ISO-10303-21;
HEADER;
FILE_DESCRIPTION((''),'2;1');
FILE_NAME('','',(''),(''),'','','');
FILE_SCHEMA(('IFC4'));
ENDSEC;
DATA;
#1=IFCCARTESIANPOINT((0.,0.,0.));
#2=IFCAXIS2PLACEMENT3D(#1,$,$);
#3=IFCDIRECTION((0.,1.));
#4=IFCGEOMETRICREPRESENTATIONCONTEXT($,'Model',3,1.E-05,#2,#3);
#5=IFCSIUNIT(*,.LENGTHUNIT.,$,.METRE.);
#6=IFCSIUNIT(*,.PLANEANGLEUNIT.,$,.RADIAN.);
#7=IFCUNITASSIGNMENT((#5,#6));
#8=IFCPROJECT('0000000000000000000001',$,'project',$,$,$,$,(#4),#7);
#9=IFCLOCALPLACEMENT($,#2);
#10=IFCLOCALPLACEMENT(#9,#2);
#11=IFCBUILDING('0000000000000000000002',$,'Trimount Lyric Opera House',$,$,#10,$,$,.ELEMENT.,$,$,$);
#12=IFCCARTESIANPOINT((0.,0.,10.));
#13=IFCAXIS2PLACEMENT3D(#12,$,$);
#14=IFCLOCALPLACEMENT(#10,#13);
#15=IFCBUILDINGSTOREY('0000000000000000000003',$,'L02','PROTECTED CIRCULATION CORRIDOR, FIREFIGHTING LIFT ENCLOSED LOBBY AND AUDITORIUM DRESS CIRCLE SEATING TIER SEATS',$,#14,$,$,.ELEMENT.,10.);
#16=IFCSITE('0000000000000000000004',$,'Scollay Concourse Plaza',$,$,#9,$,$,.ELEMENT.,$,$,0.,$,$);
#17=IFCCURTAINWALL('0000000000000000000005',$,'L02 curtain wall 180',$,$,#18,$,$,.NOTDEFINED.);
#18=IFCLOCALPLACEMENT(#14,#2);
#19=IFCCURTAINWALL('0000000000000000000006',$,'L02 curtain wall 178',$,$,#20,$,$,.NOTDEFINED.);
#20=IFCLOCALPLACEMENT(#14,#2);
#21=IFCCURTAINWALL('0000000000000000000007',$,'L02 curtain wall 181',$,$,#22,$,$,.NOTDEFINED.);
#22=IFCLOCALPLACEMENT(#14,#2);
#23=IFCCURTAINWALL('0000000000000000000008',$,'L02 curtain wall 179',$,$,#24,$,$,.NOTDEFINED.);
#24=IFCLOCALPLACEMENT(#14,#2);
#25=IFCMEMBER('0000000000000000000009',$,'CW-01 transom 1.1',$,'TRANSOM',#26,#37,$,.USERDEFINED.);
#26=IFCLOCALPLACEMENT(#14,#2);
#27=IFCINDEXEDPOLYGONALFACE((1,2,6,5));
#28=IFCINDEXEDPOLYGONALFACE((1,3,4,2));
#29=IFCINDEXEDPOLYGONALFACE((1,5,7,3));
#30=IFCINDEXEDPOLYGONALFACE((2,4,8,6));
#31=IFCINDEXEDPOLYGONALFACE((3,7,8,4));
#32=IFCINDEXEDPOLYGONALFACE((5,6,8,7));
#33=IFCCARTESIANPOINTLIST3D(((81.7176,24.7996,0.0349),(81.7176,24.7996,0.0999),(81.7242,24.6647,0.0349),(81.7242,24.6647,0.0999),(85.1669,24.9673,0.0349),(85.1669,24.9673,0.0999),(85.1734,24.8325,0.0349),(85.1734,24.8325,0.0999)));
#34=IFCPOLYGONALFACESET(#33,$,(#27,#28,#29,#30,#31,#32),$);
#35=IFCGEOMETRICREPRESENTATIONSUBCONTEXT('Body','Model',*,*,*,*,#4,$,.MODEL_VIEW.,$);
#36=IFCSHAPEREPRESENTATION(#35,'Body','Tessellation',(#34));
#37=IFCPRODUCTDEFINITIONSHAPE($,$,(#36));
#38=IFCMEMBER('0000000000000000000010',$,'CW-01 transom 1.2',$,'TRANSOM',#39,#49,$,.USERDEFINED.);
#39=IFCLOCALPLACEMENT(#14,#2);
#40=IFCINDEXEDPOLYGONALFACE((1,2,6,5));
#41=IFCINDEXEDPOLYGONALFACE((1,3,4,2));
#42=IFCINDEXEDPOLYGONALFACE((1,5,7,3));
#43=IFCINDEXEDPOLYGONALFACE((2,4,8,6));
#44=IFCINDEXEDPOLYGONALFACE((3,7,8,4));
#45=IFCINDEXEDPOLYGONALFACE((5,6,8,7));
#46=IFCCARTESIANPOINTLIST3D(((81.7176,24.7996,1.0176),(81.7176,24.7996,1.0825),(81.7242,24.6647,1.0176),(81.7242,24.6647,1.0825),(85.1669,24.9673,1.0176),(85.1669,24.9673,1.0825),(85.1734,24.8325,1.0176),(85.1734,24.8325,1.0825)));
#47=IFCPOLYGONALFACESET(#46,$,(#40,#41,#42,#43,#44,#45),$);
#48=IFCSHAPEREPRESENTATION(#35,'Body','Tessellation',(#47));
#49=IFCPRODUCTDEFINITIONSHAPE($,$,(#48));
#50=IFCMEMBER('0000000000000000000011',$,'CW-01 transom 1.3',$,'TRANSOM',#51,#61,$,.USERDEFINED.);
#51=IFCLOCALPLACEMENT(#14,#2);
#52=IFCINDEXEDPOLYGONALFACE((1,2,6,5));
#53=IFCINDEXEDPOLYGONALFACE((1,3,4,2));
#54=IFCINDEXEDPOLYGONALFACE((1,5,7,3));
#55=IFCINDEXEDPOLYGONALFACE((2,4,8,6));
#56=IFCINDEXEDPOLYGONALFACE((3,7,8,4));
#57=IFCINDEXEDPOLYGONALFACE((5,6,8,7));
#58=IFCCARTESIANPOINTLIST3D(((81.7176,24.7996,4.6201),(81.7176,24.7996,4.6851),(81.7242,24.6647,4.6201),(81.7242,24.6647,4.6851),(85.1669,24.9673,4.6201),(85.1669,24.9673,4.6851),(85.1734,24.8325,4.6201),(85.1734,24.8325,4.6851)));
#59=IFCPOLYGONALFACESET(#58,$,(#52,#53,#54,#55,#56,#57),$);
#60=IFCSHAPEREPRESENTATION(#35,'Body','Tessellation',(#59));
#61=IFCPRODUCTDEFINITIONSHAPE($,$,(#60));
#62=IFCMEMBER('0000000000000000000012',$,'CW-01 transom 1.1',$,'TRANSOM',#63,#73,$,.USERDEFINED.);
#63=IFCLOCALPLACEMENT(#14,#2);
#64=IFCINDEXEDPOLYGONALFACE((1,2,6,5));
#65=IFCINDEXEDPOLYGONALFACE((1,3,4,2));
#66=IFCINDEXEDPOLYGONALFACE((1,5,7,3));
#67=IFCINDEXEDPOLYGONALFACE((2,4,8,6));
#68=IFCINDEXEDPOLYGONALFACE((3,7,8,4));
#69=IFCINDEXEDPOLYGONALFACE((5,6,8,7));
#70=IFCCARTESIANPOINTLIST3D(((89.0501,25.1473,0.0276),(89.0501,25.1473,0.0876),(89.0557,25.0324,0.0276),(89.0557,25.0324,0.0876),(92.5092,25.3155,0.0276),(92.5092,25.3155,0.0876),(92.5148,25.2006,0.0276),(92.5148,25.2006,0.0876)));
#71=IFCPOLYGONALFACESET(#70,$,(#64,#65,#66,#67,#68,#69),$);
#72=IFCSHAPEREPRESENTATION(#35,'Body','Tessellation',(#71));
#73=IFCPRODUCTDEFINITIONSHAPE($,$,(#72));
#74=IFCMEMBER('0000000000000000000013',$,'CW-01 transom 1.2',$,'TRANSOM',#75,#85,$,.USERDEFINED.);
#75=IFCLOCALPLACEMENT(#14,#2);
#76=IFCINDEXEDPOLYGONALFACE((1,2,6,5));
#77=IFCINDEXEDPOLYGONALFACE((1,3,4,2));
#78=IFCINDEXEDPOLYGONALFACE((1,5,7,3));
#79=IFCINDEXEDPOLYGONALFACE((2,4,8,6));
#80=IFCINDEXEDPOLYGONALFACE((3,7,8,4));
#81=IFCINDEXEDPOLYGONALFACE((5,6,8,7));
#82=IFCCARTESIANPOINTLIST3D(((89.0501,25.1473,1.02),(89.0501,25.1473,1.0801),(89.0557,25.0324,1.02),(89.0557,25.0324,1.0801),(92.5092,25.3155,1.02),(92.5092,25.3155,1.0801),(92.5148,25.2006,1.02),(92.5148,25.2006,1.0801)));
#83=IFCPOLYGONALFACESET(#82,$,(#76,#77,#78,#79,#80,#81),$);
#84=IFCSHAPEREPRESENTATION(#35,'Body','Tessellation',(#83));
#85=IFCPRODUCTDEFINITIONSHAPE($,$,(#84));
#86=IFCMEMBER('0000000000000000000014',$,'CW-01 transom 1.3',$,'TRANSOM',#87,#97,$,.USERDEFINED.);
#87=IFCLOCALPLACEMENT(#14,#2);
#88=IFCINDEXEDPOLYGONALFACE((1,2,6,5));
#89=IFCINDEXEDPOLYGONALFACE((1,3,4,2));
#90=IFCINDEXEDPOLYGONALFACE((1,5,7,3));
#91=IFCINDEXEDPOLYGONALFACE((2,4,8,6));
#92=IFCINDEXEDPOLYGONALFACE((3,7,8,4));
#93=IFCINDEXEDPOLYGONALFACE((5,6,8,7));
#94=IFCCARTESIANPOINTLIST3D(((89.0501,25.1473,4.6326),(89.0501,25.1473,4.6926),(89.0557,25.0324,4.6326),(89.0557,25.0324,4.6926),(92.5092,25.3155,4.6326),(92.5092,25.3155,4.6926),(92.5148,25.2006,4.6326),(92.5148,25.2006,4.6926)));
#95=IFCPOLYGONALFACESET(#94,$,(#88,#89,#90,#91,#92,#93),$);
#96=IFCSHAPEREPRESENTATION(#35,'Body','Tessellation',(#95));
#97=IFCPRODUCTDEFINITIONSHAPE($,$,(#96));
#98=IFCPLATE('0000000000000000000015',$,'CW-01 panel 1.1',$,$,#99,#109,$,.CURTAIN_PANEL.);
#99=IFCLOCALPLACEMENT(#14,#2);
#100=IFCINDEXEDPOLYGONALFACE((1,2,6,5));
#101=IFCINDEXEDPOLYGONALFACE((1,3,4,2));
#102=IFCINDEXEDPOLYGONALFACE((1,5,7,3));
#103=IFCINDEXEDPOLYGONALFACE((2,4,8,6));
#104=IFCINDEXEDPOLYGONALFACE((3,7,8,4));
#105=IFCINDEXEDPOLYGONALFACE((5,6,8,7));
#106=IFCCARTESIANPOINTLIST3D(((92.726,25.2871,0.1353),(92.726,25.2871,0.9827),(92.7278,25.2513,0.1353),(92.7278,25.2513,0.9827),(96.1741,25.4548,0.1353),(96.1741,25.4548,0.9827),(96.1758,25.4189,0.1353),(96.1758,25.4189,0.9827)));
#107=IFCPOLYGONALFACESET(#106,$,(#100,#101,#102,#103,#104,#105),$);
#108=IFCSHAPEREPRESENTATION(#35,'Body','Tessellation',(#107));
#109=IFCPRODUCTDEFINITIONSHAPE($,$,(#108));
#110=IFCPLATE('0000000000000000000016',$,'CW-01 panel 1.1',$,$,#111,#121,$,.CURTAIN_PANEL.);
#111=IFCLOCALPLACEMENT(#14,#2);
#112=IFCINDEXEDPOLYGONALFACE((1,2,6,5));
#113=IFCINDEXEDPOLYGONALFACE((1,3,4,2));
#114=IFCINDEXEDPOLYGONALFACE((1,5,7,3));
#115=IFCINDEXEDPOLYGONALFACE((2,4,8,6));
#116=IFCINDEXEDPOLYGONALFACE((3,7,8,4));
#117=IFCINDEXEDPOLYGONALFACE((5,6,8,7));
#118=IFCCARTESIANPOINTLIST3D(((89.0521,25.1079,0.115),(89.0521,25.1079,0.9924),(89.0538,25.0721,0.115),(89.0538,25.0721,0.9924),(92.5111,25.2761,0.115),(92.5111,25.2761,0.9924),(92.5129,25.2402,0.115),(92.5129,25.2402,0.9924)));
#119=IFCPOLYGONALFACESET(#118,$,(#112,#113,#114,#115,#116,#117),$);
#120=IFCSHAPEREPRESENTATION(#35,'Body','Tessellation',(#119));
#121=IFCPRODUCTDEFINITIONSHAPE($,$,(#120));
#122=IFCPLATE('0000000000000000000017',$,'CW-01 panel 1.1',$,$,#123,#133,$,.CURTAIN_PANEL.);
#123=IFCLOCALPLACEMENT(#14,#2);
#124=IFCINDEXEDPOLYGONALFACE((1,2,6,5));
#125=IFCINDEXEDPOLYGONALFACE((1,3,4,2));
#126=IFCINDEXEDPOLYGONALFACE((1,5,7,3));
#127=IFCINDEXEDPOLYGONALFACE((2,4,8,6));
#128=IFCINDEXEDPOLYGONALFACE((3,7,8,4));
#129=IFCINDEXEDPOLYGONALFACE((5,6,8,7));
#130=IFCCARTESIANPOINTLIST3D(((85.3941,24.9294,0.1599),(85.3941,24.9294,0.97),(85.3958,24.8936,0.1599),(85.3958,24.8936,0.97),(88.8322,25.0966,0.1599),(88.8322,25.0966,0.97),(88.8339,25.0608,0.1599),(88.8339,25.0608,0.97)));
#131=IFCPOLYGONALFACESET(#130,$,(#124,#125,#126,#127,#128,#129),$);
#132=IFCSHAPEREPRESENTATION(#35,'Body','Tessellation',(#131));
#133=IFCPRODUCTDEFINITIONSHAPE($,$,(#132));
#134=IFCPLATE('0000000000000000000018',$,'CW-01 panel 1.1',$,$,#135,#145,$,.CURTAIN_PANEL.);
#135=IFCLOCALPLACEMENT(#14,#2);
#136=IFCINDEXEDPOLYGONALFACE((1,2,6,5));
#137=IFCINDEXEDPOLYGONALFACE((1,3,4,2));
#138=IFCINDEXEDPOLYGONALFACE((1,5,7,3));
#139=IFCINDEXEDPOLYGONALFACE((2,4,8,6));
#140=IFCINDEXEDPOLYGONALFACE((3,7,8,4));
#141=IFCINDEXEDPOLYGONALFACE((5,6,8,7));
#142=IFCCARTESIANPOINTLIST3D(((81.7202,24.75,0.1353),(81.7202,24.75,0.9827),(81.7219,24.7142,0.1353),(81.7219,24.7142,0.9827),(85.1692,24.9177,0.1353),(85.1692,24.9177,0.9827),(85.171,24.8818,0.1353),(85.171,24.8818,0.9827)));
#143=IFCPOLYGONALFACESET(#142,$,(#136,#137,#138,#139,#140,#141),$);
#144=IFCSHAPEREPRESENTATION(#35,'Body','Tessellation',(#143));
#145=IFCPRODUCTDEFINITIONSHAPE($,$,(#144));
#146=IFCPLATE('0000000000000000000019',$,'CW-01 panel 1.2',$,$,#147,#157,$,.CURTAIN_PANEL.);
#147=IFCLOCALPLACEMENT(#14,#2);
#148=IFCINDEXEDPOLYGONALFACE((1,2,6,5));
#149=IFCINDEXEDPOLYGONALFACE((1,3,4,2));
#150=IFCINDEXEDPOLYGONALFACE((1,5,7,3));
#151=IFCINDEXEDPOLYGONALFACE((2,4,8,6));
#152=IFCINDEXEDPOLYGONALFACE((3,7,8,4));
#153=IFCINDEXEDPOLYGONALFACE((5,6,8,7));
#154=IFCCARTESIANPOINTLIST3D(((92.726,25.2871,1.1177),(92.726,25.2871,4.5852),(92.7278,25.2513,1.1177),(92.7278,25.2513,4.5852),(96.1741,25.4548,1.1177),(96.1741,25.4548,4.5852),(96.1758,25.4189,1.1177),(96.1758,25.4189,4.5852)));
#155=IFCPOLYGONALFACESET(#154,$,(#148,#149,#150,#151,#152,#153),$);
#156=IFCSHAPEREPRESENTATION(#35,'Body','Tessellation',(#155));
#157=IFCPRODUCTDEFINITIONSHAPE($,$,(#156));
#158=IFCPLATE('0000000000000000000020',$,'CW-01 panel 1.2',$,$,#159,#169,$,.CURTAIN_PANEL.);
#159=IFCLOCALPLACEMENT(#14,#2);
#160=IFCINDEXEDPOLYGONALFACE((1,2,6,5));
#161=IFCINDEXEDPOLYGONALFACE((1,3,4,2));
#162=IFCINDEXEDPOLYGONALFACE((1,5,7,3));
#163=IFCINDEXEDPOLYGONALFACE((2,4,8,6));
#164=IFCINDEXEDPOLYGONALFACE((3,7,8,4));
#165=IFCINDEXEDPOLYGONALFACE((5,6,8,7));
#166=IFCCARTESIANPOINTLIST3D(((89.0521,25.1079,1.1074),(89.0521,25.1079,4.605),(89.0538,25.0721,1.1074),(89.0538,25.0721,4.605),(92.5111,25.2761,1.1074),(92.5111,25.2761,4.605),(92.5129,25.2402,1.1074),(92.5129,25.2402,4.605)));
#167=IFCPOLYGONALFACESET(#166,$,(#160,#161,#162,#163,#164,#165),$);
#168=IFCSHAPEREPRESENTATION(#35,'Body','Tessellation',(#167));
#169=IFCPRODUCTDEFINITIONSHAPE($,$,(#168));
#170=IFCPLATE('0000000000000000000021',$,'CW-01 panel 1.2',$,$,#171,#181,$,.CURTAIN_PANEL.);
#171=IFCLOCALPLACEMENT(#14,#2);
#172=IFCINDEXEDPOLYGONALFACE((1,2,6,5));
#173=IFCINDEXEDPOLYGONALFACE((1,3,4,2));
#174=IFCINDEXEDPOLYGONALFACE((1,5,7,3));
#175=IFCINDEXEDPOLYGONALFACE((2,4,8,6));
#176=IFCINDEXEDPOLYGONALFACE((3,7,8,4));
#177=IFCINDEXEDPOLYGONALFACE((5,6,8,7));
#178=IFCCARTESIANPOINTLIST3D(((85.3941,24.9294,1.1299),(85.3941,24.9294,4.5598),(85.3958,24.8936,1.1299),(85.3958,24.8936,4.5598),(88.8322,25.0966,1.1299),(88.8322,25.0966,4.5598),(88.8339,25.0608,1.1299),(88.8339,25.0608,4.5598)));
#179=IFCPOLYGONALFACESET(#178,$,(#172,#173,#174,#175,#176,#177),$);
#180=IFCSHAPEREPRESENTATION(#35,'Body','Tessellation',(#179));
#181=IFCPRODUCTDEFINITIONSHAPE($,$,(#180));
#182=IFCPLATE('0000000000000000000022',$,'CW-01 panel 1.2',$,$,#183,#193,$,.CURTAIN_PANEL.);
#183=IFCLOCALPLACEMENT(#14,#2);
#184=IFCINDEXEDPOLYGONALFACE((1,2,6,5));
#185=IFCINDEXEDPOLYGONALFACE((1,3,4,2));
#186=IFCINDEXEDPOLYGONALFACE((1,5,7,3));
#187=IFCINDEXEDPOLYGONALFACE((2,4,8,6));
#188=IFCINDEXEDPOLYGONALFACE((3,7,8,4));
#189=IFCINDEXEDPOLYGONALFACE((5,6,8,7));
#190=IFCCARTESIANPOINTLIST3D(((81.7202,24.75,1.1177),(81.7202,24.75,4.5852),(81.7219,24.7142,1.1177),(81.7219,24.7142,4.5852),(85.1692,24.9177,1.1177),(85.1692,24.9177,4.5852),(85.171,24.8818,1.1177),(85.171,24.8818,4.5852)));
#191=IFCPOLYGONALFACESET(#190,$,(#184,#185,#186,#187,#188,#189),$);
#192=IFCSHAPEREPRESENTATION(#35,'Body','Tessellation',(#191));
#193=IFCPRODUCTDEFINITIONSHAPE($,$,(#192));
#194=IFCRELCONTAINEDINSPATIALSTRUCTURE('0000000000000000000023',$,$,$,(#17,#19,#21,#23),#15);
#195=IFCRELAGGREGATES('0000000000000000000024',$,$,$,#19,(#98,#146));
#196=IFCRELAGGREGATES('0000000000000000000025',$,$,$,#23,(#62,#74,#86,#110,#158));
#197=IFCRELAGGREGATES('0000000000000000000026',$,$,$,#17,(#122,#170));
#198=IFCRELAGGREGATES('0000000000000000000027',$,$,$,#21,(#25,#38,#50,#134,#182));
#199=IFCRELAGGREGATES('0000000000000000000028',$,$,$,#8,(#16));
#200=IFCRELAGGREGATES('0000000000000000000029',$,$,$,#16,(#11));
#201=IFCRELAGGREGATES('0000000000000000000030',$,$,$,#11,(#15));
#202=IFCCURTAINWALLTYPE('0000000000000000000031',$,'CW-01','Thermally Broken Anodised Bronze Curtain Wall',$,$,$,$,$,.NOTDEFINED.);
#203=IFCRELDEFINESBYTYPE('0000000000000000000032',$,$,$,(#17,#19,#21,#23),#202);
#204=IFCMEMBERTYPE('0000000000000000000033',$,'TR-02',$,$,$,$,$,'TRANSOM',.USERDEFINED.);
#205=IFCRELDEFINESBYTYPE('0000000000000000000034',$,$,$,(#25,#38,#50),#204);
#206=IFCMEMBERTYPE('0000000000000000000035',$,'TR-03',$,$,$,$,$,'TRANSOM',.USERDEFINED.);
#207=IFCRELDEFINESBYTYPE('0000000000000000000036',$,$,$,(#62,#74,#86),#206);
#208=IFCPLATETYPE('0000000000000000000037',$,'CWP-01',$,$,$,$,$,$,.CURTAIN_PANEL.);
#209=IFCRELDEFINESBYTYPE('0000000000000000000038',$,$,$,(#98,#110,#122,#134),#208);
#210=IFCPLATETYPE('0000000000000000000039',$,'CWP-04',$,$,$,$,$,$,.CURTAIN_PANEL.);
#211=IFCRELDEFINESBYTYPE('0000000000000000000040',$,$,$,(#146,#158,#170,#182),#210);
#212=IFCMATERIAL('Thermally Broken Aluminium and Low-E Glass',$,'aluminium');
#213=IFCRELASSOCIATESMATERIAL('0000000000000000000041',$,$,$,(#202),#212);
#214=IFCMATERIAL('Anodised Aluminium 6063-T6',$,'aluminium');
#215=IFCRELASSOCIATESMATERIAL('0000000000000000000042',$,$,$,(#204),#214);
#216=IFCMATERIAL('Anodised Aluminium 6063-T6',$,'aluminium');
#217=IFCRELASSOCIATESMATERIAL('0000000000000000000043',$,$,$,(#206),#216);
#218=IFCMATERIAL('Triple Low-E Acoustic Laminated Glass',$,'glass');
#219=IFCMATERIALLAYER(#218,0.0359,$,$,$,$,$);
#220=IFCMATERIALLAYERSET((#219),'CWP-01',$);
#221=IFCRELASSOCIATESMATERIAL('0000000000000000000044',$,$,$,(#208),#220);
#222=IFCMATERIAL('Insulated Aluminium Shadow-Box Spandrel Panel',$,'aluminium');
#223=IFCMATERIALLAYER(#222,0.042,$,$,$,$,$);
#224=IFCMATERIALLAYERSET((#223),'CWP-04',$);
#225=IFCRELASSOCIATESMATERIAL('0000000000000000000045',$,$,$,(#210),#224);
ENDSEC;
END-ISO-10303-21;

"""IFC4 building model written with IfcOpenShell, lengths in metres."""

from ifc_helpers import new_model, si_unit, direction, frame, origin, origin_2d, place, context, subcontext, project, spatial, rectangle, extrude, material, layer, layer_set, material_profile, profile_set, type_object, element, aggregate, save


model = new_model("IFC4")

# Units and contexts
model_context = context("Model", 3, precision=1e-05, world=origin(), true_north=direction((0.0, 1.0)))
body_context = subcontext(model_context, "Body", "Model", "MODEL_VIEW")
ifc_project = project(units=[si_unit("LENGTHUNIT", "METRE"), si_unit("PLANEANGLEUNIT", "RADIAN")], contexts=[model_context])

# Site, building, storey
site_placement = place(None, origin())
site = spatial("IfcSite", under=ifc_project, at=site_placement, Name="Scollay Concourse Plaza", CompositionType="ELEMENT", RefElevation=0.0)
building_placement = place(site_placement, origin())
building = spatial("IfcBuilding", under=site, at=building_placement, Name="Trimount Lyric Opera House", CompositionType="ELEMENT")
storey_placement = place(building_placement, frame((0.0, 0.0, 10.0)))
storey = spatial("IfcBuildingStorey", under=building, at=storey_placement, Name="L02", Description="PROTECTED CIRCULATION CORRIDOR, FIREFIGHTING LIFT ENCLOSED LOBBY AND AUDITORIUM DRESS CIRCLE SEATING TIER SEATS", CompositionType="ELEMENT", Elevation=10.0)

# Shared definitions
ifc_material_1 = material(Name="Thermally Broken Aluminium and Low-E Glass", Category="aluminium")
curtain_wall_type = type_object("IfcCurtainWallType", Name="CW-01", Description="Thermally Broken Anodised Bronze Curtain Wall", PredefinedType="NOTDEFINED", material=ifc_material_1)

# Curtain walls
curtain_wall_1_placement = place(storey_placement, origin())
curtain_wall_1 = element("IfcCurtainWall", 1, at=curtain_wall_1_placement, inside=storey, type_object=curtain_wall_type, Name="L02 curtain wall 180", PredefinedType="NOTDEFINED")
curtain_wall_2_placement = place(storey_placement, origin())
curtain_wall_2 = element("IfcCurtainWall", 2, at=curtain_wall_2_placement, inside=storey, type_object=curtain_wall_type, Name="L02 curtain wall 178", PredefinedType="NOTDEFINED")

# Curtain wall
curtain_wall_3_placement = place(storey_placement, origin())
curtain_wall_3 = element("IfcCurtainWall", 3, at=curtain_wall_3_placement, inside=storey, type_object=curtain_wall_type, Name="L02 curtain wall 181", PredefinedType="NOTDEFINED")

# Curtain wall
curtain_wall_4_placement = place(storey_placement, origin())
curtain_wall_4 = element("IfcCurtainWall", 4, at=curtain_wall_4_placement, inside=storey, type_object=curtain_wall_type, Name="L02 curtain wall 179", PredefinedType="NOTDEFINED")

# Members
ifc_material_2 = material(Name="Anodised Aluminium 6063-T6", Category="aluminium")
ifc_material_profile_1 = material_profile(ifc_material_2, rectangle(XDim=0.135, YDim=0.0649, at=origin_2d()), Name="ALU-TRAN-65X135")
ifc_profile_set_1 = profile_set([ifc_material_profile_1], Name="Anodised Aluminium 6063-T6")
member_type_1 = type_object("IfcMemberType", Name="TR-02", ElementType="TRANSOM", PredefinedType="USERDEFINED", material=ifc_profile_set_1)
member_1_placement = place(storey_placement, frame((85.1702, 24.8999, 0.0674), z_axis=(-0.99882, -0.048569, 0.0), x_axis=(0.048569, -0.99882, 0.0)))
member_1 = element("IfcMember", 5, at=member_1_placement, type_object=member_type_1, Name="CW-01 transom 1.1", ObjectType="TRANSOM", PredefinedType="USERDEFINED", context=body_context, shape_type="SweptSolid", body=[
    extrude(rectangle(XDim=0.135, YDim=0.0649, at=origin_2d()), origin(), (0.0, 0.0, 1.0), 3.4534),
])
member_2_placement = place(storey_placement, frame((85.1702, 24.8999, 1.05), z_axis=(-0.99882, -0.048569, 0.0), x_axis=(0.048569, -0.99882, 0.0)))
member_2 = element("IfcMember", 6, at=member_2_placement, type_object=member_type_1, Name="CW-01 transom 1.2", ObjectType="TRANSOM", PredefinedType="USERDEFINED", context=body_context, shape_type="SweptSolid", body=[
    extrude(rectangle(XDim=0.135, YDim=0.0649, at=origin_2d()), origin(), (0.0, 0.0, 1.0), 3.4534),
])
member_3_placement = place(storey_placement, frame((85.1702, 24.8999, 4.6526), z_axis=(-0.99882, -0.048569, 0.0), x_axis=(0.048569, -0.99882, 0.0)))
member_3 = element("IfcMember", 7, at=member_3_placement, type_object=member_type_1, Name="CW-01 transom 1.3", ObjectType="TRANSOM", PredefinedType="USERDEFINED", context=body_context, shape_type="SweptSolid", body=[
    extrude(rectangle(XDim=0.135, YDim=0.0649, at=origin_2d()), origin(), (0.0, 0.0, 1.0), 3.4534),
])
ifc_material_3 = material(Name="Anodised Aluminium 6063-T6", Category="aluminium")
ifc_material_profile_2 = material_profile(ifc_material_3, rectangle(XDim=0.115, YDim=0.0601, at=origin_2d()), Name="ALU-TRAN-60X115")
ifc_profile_set_2 = profile_set([ifc_material_profile_2], Name="Anodised Aluminium 6063-T6")
member_type_2 = type_object("IfcMemberType", Name="TR-03", ElementType="TRANSOM", PredefinedType="USERDEFINED", material=ifc_profile_set_2)
member_4_placement = place(storey_placement, frame((92.512, 25.2581, 0.0576), z_axis=(-0.99882, -0.048573, 0.0), x_axis=(0.048573, -0.99882, 0.0)))
member_4 = element("IfcMember", 8, at=member_4_placement, type_object=member_type_2, Name="CW-01 transom 1.1", ObjectType="TRANSOM", PredefinedType="USERDEFINED", context=body_context, shape_type="SweptSolid", body=[
    extrude(rectangle(XDim=0.115, YDim=0.0601, at=origin_2d()), origin(), (0.0, 0.0, 1.0), 3.4631),
])
member_5_placement = place(storey_placement, frame((92.512, 25.2581, 1.05), z_axis=(-0.99882, -0.048573, 0.0), x_axis=(0.048573, -0.99882, 0.0)))
member_5 = element("IfcMember", 9, at=member_5_placement, type_object=member_type_2, Name="CW-01 transom 1.2", ObjectType="TRANSOM", PredefinedType="USERDEFINED", context=body_context, shape_type="SweptSolid", body=[
    extrude(rectangle(XDim=0.115, YDim=0.0601, at=origin_2d()), origin(), (0.0, 0.0, 1.0), 3.4631),
])
member_6_placement = place(storey_placement, frame((92.512, 25.2581, 4.6626), z_axis=(-0.99882, -0.048573, 0.0), x_axis=(0.048573, -0.99882, 0.0)))
member_6 = element("IfcMember", 10, at=member_6_placement, type_object=member_type_2, Name="CW-01 transom 1.3", ObjectType="TRANSOM", PredefinedType="USERDEFINED", context=body_context, shape_type="SweptSolid", body=[
    extrude(rectangle(XDim=0.115, YDim=0.0601, at=origin_2d()), origin(), (0.0, 0.0, 1.0), 3.4631),
])

# Plates
ifc_material_4 = material(Name="Triple Low-E Acoustic Laminated Glass", Category="glass")
ifc_layer_1 = layer(ifc_material_4, 0.0359)
ifc_layer_set_1 = layer_set([ifc_layer_1], Name="CWP-01")
plate_type_1 = type_object("IfcPlateType", Name="CWP-01", PredefinedType="CURTAIN_PANEL", material=ifc_layer_set_1)
plate_1_placement = place(storey_placement, frame((94.4509, 25.353, 0.1353), z_axis=(0.0, 0.0, 1.0), x_axis=(-0.99882, -0.048573, 0.0)))
plate_1 = element("IfcPlate", 11, at=plate_1_placement, type_object=plate_type_1, Name="CW-01 panel 1.1", PredefinedType="CURTAIN_PANEL", context=body_context, shape_type="SweptSolid", body=[
    extrude(rectangle(XDim=3.4521, YDim=0.0359, at=origin_2d()), origin(), (0.0, 0.0, 1.0), 0.8474),
])
plate_2_placement = place(storey_placement, frame((90.7825, 25.1741, 0.115), z_axis=(0.0, 0.0, 1.0), x_axis=(-0.99882, -0.04856, 0.0)))
plate_2 = element("IfcPlate", 12, at=plate_2_placement, type_object=plate_type_1, Name="CW-01 panel 1.1", PredefinedType="CURTAIN_PANEL", context=body_context, shape_type="SweptSolid", body=[
    extrude(rectangle(XDim=3.4631, YDim=0.0359, at=origin_2d()), origin(), (0.0, 0.0, 1.0), 0.8774),
])
plate_3_placement = place(storey_placement, frame((87.114, 24.9951, 0.1599), z_axis=(0.0, 0.0, 1.0), x_axis=(-0.99882, -0.048573, 0.0)))
plate_3 = element("IfcPlate", 13, at=plate_3_placement, type_object=plate_type_1, Name="CW-01 panel 1.1", PredefinedType="CURTAIN_PANEL", context=body_context, shape_type="SweptSolid", body=[
    extrude(rectangle(XDim=3.4421, YDim=0.0359, at=origin_2d()), origin(), (0.0, 0.0, 1.0), 0.8101),
])
plate_4_placement = place(storey_placement, frame((83.4456, 24.8159, 0.1353), z_axis=(0.0, 0.0, 1.0), x_axis=(-0.99882, -0.04856, 0.0)))
plate_4 = element("IfcPlate", 14, at=plate_4_placement, type_object=plate_type_1, Name="CW-01 panel 1.1", PredefinedType="CURTAIN_PANEL", context=body_context, shape_type="SweptSolid", body=[
    extrude(rectangle(XDim=3.4531, YDim=0.0359, at=origin_2d()), origin(), (0.0, 0.0, 1.0), 0.8474),
])
ifc_material_5 = material(Name="Insulated Aluminium Shadow-Box Spandrel Panel", Category="aluminium")
ifc_layer_2 = layer(ifc_material_5, 0.042)
ifc_layer_set_2 = layer_set([ifc_layer_2], Name="CWP-04")
plate_type_2 = type_object("IfcPlateType", Name="CWP-04", PredefinedType="CURTAIN_PANEL", material=ifc_layer_set_2)
plate_5_placement = place(storey_placement, frame((94.4509, 25.353, 1.1177), z_axis=(0.0, 0.0, 1.0), x_axis=(-0.99882, -0.048573, 0.0)))
plate_5 = element("IfcPlate", 15, at=plate_5_placement, type_object=plate_type_2, Name="CW-01 panel 1.2", PredefinedType="CURTAIN_PANEL", context=body_context, shape_type="SweptSolid", body=[
    extrude(rectangle(XDim=3.4521, YDim=0.0359, at=origin_2d()), origin(), (0.0, 0.0, 1.0), 3.4675),
])
aggregate(curtain_wall_2, [plate_1, plate_5])
plate_6_placement = place(storey_placement, frame((90.7825, 25.1741, 1.1074), z_axis=(0.0, 0.0, 1.0), x_axis=(-0.99882, -0.04856, 0.0)))
plate_6 = element("IfcPlate", 16, at=plate_6_placement, type_object=plate_type_2, Name="CW-01 panel 1.2", PredefinedType="CURTAIN_PANEL", context=body_context, shape_type="SweptSolid", body=[
    extrude(rectangle(XDim=3.4631, YDim=0.0359, at=origin_2d()), origin(), (0.0, 0.0, 1.0), 3.4976),
])
aggregate(curtain_wall_4, [member_4, member_5, member_6, plate_2, plate_6])
plate_7_placement = place(storey_placement, frame((87.114, 24.9951, 1.1299), z_axis=(0.0, 0.0, 1.0), x_axis=(-0.99882, -0.048573, 0.0)))
plate_7 = element("IfcPlate", 17, at=plate_7_placement, type_object=plate_type_2, Name="CW-01 panel 1.2", PredefinedType="CURTAIN_PANEL", context=body_context, shape_type="SweptSolid", body=[
    extrude(rectangle(XDim=3.4421, YDim=0.0359, at=origin_2d()), origin(), (0.0, 0.0, 1.0), 3.4299),
])
aggregate(curtain_wall_1, [plate_3, plate_7])
plate_8_placement = place(storey_placement, frame((83.4456, 24.8159, 1.1177), z_axis=(0.0, 0.0, 1.0), x_axis=(-0.99882, -0.04856, 0.0)))
plate_8 = element("IfcPlate", 18, at=plate_8_placement, type_object=plate_type_2, Name="CW-01 panel 1.2", PredefinedType="CURTAIN_PANEL", context=body_context, shape_type="SweptSolid", body=[
    extrude(rectangle(XDim=3.4531, YDim=0.0359, at=origin_2d()), origin(), (0.0, 0.0, 1.0), 3.4675),
])
aggregate(curtain_wall_3, [member_1, member_2, member_3, plate_4, plate_8])

save(model, "model.ifc")
